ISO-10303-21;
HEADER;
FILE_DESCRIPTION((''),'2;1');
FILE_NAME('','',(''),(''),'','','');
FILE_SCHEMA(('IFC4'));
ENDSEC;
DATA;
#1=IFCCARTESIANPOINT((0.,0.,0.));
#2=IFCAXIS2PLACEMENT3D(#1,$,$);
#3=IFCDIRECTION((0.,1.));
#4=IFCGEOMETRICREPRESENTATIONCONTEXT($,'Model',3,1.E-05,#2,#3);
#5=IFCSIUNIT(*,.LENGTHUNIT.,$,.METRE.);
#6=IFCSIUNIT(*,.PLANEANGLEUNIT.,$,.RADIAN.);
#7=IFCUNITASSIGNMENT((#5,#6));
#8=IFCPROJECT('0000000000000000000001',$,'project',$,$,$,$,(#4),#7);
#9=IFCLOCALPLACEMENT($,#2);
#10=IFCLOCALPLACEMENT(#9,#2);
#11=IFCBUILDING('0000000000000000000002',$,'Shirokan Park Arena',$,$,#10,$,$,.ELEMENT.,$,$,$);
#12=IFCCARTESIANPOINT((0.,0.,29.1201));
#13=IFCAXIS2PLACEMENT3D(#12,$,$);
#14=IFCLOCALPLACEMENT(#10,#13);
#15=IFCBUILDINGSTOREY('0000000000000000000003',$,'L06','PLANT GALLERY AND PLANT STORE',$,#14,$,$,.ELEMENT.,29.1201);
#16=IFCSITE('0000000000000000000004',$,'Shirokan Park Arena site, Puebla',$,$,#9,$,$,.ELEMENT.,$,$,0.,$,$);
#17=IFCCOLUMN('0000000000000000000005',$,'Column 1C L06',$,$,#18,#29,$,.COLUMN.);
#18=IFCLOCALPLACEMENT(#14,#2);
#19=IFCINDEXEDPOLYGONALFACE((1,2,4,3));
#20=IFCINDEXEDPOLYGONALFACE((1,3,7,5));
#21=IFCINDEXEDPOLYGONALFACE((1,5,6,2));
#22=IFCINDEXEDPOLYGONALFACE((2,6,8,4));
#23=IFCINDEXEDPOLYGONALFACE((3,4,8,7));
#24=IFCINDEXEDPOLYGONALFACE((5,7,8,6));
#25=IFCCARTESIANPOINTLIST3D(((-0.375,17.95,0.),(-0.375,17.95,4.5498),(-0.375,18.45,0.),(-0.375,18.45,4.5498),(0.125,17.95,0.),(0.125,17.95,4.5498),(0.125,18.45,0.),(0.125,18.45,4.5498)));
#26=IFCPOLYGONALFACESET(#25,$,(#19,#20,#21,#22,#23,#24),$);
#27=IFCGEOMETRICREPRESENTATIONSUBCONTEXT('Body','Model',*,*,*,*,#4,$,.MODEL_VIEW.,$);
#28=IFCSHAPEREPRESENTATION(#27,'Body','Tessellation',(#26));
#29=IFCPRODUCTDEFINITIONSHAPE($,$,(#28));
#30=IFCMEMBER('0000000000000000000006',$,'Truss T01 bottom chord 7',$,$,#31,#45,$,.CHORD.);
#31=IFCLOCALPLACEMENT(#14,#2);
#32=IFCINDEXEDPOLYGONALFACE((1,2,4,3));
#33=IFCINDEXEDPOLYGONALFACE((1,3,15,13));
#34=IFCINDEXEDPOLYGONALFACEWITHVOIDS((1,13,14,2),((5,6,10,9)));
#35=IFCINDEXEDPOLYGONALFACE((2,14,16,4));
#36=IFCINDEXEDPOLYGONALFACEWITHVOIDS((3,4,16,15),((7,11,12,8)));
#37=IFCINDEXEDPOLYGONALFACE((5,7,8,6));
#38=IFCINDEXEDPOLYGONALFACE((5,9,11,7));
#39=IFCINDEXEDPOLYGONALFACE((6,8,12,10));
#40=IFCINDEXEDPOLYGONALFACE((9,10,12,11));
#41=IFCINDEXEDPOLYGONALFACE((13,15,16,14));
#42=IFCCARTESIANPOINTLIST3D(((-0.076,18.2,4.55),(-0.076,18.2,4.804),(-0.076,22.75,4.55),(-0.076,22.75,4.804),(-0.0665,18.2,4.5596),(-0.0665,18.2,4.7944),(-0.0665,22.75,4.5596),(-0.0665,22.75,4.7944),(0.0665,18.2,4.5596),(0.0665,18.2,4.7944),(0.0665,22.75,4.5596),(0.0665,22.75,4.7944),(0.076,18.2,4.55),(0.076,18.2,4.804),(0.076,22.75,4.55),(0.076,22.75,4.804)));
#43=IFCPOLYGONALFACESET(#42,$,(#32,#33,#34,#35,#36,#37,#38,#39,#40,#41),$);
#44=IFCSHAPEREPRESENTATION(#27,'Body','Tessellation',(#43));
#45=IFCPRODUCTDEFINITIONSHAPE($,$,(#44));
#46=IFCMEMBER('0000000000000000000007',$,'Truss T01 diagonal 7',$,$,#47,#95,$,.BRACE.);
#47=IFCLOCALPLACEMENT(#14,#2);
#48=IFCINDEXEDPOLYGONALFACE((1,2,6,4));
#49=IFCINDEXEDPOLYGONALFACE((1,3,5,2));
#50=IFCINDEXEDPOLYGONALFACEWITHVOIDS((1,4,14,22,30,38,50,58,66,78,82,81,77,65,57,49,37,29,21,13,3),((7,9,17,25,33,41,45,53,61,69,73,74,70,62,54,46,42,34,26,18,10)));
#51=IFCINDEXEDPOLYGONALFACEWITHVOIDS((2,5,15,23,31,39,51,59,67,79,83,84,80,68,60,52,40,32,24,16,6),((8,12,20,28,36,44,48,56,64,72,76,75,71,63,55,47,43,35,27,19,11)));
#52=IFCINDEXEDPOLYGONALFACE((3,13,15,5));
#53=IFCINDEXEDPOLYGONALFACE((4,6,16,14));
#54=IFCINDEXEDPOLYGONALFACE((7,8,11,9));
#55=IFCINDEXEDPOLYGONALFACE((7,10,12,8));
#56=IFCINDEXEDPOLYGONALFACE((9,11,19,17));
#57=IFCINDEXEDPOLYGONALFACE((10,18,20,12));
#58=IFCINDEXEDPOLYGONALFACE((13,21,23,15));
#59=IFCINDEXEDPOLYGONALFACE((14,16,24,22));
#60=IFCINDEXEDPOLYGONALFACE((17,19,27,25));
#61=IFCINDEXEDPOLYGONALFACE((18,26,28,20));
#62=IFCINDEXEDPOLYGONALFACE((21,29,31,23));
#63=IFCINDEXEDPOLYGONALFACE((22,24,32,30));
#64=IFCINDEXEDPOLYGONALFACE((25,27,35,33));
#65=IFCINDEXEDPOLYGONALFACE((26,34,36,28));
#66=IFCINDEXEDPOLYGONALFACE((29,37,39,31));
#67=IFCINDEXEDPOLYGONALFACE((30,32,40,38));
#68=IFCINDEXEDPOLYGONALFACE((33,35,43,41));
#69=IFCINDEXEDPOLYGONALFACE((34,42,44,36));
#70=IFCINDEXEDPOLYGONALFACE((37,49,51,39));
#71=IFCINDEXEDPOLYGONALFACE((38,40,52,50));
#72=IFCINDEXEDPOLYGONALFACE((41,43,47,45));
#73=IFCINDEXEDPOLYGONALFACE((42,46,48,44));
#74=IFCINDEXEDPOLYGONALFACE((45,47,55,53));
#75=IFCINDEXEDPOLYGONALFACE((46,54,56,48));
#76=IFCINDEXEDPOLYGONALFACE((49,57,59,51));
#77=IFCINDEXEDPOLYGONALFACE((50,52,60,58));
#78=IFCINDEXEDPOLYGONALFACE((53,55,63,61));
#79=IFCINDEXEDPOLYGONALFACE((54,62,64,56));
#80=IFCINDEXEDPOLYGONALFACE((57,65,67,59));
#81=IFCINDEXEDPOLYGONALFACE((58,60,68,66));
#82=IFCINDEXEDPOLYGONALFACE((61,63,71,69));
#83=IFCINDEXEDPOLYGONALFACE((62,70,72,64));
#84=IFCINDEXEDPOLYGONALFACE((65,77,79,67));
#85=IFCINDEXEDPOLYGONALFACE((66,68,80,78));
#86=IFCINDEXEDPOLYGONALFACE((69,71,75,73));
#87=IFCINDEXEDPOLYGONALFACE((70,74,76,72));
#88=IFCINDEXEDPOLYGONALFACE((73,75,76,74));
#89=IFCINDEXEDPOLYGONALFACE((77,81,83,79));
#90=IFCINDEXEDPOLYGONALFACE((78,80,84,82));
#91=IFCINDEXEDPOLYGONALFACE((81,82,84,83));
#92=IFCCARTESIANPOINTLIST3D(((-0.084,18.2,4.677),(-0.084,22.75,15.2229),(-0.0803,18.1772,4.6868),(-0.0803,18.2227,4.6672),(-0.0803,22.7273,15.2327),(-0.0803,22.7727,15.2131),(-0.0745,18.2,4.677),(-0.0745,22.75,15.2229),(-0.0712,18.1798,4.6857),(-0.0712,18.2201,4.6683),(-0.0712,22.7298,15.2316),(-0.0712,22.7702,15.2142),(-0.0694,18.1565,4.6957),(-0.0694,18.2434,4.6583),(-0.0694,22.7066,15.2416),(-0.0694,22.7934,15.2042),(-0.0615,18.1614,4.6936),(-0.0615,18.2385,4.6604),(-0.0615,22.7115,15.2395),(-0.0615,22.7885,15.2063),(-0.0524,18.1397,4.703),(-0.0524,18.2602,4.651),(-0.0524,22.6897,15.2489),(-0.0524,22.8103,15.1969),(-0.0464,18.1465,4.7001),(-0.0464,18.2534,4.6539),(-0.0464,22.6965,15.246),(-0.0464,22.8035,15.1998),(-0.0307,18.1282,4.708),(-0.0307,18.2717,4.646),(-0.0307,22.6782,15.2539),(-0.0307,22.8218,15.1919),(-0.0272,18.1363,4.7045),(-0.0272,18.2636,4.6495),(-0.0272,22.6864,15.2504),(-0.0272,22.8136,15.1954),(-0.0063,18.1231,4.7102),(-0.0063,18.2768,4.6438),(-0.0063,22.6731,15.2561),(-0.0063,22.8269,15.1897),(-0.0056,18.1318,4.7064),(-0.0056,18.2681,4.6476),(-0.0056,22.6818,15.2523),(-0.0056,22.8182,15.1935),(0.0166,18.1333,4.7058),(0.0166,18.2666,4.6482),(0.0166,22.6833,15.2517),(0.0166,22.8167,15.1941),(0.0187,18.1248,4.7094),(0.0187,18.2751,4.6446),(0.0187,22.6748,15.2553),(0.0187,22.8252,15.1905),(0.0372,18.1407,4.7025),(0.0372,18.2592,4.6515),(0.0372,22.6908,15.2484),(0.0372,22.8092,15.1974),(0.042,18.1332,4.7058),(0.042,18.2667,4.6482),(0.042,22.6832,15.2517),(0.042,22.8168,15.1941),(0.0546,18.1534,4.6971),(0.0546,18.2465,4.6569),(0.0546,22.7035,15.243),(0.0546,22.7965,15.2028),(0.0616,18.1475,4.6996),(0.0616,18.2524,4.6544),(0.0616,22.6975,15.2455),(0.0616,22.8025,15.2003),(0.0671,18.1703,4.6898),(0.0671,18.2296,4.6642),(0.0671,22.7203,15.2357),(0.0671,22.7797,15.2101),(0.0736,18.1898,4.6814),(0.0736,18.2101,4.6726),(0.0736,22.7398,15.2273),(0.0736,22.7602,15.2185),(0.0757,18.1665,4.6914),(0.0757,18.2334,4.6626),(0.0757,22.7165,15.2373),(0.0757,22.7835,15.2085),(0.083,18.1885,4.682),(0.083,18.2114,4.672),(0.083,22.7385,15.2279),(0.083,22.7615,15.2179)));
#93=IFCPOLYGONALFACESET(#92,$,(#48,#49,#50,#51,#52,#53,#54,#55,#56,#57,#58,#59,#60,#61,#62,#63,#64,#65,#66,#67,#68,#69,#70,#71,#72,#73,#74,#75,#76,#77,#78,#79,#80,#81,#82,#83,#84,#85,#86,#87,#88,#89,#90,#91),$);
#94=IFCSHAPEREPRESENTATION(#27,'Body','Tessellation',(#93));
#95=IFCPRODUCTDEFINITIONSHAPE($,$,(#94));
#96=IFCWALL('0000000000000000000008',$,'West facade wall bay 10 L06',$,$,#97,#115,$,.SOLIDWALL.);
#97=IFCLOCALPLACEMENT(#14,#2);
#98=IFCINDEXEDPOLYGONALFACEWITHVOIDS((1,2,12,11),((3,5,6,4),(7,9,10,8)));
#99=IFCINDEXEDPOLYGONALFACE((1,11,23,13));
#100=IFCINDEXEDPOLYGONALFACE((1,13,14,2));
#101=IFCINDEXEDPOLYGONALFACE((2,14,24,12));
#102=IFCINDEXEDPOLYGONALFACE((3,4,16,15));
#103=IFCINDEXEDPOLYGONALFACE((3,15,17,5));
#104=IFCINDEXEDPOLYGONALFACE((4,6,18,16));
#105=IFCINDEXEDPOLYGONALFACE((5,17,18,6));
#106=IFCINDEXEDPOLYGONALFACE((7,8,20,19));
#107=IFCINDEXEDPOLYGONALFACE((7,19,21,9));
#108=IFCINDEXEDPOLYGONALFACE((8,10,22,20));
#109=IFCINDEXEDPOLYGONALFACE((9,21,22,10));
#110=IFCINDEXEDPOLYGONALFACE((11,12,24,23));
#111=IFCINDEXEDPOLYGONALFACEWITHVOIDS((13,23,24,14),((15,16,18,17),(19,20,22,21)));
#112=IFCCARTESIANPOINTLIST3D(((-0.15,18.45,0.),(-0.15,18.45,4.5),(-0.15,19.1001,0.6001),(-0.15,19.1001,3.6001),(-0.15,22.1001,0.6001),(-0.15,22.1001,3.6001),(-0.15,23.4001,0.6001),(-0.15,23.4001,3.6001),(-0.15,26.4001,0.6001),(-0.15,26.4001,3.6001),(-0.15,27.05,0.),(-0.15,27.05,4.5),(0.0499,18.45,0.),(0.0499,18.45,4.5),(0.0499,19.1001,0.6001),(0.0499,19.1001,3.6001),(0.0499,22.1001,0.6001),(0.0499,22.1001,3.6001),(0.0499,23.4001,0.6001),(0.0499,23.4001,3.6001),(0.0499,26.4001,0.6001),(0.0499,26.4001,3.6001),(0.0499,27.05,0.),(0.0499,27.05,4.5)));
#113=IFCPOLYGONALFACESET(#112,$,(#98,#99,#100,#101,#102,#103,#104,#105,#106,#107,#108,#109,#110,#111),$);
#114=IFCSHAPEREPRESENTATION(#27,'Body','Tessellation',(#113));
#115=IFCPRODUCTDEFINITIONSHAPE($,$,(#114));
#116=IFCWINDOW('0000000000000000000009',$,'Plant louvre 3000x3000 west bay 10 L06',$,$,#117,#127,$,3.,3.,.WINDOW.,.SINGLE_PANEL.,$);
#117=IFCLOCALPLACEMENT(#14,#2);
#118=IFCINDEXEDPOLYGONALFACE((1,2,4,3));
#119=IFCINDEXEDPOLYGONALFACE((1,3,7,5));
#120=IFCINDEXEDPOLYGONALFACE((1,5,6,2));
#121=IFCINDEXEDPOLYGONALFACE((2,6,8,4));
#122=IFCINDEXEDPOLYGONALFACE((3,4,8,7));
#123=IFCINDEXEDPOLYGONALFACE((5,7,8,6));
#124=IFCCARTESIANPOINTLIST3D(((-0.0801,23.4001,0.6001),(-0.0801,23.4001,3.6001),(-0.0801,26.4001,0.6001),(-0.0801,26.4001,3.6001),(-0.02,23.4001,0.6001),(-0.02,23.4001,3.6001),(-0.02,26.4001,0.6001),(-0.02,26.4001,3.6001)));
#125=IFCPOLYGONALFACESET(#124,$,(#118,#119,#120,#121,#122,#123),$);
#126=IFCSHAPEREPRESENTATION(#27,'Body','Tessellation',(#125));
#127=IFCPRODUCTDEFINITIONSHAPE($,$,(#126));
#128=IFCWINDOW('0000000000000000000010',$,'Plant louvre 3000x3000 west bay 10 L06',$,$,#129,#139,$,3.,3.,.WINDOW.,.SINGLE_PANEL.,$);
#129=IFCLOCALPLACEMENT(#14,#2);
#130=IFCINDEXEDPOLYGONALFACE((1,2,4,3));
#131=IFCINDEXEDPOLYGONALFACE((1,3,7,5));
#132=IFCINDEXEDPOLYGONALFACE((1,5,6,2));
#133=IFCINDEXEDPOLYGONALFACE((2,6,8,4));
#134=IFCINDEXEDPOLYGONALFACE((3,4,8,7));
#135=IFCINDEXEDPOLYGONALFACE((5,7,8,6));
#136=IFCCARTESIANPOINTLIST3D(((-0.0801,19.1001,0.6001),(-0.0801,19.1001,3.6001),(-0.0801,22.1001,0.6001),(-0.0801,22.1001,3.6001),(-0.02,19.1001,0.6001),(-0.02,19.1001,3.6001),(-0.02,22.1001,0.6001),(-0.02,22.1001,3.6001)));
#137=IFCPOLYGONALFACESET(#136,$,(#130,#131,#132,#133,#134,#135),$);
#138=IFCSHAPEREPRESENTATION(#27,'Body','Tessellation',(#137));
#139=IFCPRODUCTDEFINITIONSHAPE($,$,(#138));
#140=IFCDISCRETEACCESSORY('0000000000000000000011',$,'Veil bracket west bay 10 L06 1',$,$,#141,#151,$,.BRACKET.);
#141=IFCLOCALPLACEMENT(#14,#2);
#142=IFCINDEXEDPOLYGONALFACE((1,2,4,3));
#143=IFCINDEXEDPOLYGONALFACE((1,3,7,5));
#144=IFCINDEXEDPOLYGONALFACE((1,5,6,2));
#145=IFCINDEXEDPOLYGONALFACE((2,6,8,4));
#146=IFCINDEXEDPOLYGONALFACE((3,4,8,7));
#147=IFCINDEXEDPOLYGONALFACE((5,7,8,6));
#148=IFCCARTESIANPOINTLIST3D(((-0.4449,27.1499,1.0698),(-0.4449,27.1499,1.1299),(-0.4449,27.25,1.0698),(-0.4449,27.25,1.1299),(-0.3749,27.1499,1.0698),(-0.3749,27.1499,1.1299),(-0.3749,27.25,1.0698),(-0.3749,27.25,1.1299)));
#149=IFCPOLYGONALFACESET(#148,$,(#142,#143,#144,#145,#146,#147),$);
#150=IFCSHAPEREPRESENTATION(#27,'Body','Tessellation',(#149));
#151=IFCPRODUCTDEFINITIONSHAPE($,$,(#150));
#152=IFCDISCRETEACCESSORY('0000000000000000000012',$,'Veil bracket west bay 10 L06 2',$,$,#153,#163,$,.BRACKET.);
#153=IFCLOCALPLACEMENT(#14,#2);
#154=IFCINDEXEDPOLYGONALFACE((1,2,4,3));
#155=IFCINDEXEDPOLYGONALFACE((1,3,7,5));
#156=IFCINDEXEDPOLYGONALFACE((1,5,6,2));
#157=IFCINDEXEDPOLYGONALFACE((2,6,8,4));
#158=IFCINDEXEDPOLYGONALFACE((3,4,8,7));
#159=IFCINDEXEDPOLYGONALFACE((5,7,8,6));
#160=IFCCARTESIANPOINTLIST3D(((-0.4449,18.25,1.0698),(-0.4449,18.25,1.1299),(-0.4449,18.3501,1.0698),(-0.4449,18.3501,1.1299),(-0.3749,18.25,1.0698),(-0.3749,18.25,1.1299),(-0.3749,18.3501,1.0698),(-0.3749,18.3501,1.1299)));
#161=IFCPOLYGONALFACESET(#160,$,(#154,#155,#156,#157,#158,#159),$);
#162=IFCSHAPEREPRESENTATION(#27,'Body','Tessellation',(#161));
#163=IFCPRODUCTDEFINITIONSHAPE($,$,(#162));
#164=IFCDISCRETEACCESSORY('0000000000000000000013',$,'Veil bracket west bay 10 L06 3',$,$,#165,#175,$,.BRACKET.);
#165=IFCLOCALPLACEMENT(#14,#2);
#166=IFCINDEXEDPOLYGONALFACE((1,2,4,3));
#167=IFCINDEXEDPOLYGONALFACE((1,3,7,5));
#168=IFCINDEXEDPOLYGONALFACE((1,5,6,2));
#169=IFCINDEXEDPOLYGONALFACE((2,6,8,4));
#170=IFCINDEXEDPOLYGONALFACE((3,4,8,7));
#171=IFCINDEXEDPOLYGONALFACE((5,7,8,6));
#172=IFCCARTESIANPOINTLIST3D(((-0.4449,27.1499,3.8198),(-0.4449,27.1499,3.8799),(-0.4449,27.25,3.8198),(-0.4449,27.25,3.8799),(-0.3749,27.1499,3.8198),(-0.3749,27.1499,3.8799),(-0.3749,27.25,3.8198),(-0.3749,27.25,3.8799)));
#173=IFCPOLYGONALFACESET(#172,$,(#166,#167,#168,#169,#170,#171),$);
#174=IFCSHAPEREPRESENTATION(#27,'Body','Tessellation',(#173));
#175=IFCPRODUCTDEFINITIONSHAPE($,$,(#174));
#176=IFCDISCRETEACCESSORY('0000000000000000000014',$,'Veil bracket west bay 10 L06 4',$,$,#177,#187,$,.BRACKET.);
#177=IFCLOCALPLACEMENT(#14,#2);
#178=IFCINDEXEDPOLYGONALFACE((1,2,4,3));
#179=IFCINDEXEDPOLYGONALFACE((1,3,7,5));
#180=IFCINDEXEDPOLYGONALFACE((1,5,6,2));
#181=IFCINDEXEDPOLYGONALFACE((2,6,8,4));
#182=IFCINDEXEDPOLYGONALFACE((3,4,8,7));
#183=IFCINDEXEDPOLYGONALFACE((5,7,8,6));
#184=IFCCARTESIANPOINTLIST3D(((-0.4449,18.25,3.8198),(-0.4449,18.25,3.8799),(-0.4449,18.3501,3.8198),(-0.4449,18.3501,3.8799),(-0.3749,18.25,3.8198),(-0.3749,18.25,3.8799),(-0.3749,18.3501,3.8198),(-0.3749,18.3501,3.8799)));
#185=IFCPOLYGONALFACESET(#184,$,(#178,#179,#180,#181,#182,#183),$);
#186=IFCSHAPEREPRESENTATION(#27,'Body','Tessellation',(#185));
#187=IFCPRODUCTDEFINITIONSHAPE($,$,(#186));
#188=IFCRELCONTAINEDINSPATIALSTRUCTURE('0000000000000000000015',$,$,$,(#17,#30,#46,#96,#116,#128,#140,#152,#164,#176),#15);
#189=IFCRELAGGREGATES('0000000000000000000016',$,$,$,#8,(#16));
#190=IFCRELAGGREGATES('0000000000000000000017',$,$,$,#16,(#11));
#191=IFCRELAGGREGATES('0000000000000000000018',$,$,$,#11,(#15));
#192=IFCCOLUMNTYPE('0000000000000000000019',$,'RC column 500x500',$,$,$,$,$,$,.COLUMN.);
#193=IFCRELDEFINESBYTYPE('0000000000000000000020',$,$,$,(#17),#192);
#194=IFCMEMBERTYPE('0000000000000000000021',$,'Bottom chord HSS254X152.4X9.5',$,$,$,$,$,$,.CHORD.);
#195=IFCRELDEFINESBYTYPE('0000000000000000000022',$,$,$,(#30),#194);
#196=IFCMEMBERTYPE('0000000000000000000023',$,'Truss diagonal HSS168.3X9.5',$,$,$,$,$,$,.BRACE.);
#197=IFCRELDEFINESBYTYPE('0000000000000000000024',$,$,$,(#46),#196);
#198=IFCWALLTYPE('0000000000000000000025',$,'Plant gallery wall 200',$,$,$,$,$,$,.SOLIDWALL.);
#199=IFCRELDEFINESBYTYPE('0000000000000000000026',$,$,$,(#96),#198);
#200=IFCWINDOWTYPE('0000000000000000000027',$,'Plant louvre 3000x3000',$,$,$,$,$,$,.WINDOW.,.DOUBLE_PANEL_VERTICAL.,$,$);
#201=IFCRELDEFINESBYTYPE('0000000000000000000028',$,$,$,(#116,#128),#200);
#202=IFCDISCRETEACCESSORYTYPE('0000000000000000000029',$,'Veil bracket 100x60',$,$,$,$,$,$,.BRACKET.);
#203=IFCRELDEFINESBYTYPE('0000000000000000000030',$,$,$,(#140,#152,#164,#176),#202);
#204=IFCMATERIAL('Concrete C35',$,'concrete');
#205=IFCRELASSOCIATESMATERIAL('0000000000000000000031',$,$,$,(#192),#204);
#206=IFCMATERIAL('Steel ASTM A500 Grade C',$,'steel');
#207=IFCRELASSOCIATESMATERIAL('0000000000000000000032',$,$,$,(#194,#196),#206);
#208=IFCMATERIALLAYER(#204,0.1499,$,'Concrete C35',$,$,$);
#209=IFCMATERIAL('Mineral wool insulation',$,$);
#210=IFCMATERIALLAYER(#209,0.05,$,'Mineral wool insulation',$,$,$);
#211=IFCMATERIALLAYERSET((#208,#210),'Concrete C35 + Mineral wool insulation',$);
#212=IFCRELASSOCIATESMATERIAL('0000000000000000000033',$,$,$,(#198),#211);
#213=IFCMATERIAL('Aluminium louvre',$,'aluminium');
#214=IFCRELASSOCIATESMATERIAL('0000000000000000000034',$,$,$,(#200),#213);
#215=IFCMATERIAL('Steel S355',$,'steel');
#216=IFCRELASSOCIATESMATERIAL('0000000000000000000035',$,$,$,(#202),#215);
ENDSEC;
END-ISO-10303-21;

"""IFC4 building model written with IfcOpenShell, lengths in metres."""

from ifc_helpers import new_model, si_unit, direction, frame, frame_2d, origin, origin_2d, place, context, subcontext, project, spatial, rectangle, hollow_rectangle, hollow_circle, extrude, material, layer, layer_set, material_profile, profile_set, type_object, element, fill, save


model = new_model("IFC4")

# Units and contexts
model_context = context("Model", 3, precision=1e-05, world=origin(), true_north=direction((0.0, 1.0)))
body_context = subcontext(model_context, "Body", "Model", "MODEL_VIEW")
ifc_project = project(units=[si_unit("LENGTHUNIT", "METRE"), si_unit("PLANEANGLEUNIT", "RADIAN")], contexts=[model_context])

# Site, building, storey
site_placement = place(None, origin())
site = spatial("IfcSite", under=ifc_project, at=site_placement, Name="Shirokan Park Arena site, Puebla", CompositionType="ELEMENT", RefElevation=0.0)
building_placement = place(site_placement, origin())
building = spatial("IfcBuilding", under=site, at=building_placement, Name="Shirokan Park Arena", CompositionType="ELEMENT")
storey_placement = place(building_placement, frame((0.0, 0.0, 29.1201)))
storey = spatial("IfcBuildingStorey", under=building, at=storey_placement, Name="L06", Description="PLANT GALLERY AND PLANT STORE", CompositionType="ELEMENT", Elevation=29.1201)

# Column
ifc_material_1 = material(Name="Concrete C35", Category="concrete")
ifc_material_profile_1 = material_profile(ifc_material_1, rectangle(XDim=0.5, YDim=0.5, at=origin_2d()), Name="500x500")
ifc_profile_set_1 = profile_set([ifc_material_profile_1], Name="Concrete C35")
column_type = type_object("IfcColumnType", Name="RC column 500x500", PredefinedType="COLUMN", material=ifc_profile_set_1)
column_placement = place(storey_placement, frame((-0.125, 18.2, 0.0), z_axis=(0.0, 0.0, 1.0), x_axis=(1.0, 0.0, 0.0)))
element("IfcColumn", 1, at=column_placement, inside=storey, type_object=column_type, Name="Column 1C L06", PredefinedType="COLUMN", context=body_context, shape_type="SweptSolid", body=[
    extrude(rectangle(XDim=0.5, YDim=0.5, at=origin_2d()), origin(), (0.0, 0.0, 1.0), 4.5498),
])

# Members
ifc_material_2 = material(Name="Steel ASTM A500 Grade C", Category="steel")
ifc_material_profile_2 = material_profile(ifc_material_2, hollow_rectangle(XDim=0.1521, YDim=0.2539, WallThickness=0.0095, at=origin_2d()), Name="HSS254X152.4X9.5")
ifc_profile_set_2 = profile_set([ifc_material_profile_2], Name="Steel ASTM A500 Grade C")
member_type_1 = type_object("IfcMemberType", Name="Bottom chord HSS254X152.4X9.5", PredefinedType="CHORD", material=ifc_profile_set_2)
member_1_placement = place(storey_placement, frame((0.0, 18.2, 4.677), z_axis=(0.0, 1.0, 0.0), x_axis=(-1.0, 0.0, 0.0)))
element("IfcMember", 2, at=member_1_placement, inside=storey, type_object=member_type_1, Name="Truss T01 bottom chord 7", PredefinedType="CHORD", context=body_context, shape_type="SweptSolid", body=[
    extrude(hollow_rectangle(XDim=0.1521, YDim=0.2539, WallThickness=0.0095, at=origin_2d()), origin(), (0.0, 0.0, 1.0), 4.55),
])
ifc_material_profile_3 = material_profile(ifc_material_2, hollow_circle(Radius=0.084, WallThickness=0.0095, at=origin_2d()), Name="HSS168.3X9.5")
ifc_profile_set_3 = profile_set([ifc_material_profile_3], Name="Steel ASTM A500 Grade C")
member_type_2 = type_object("IfcMemberType", Name="Truss diagonal HSS168.3X9.5", PredefinedType="BRACE", material=ifc_profile_set_3)
member_2_placement = place(storey_placement, frame((0.0, 18.2, 4.677), z_axis=(0.0, 0.396153, 0.918185), x_axis=(-1.0, 0.0, 0.0)))
element("IfcMember", 3, at=member_2_placement, inside=storey, type_object=member_type_2, Name="Truss T01 diagonal 7", PredefinedType="BRACE", context=body_context, shape_type="SweptSolid", body=[
    extrude(hollow_circle(Radius=0.084, WallThickness=0.0095, at=origin_2d()), origin(), (0.0, 0.0, 1.0), 11.4856),
])

# Wall, openings, windows
ifc_layer_1 = layer(ifc_material_1, 0.1499, Name="Concrete C35")
ifc_material_3 = material(Name="Mineral wool insulation")
ifc_layer_2 = layer(ifc_material_3, 0.05, Name="Mineral wool insulation")
ifc_layer_set = layer_set([ifc_layer_1, ifc_layer_2], Name="Concrete C35 + Mineral wool insulation")
wall_type = type_object("IfcWallType", Name="Plant gallery wall 200", PredefinedType="SOLIDWALL", material=ifc_layer_set)
wall_placement = place(storey_placement, frame((-0.05, 27.05, 0.0), z_axis=(0.0, 0.0, 1.0), x_axis=(0.0, -1.0, 0.0)))
wall = element("IfcWall", 4, at=wall_placement, inside=storey, type_object=wall_type, Name="West facade wall bay 10 L06", PredefinedType="SOLIDWALL", context=body_context, shape_type="SweptSolid", body=[
    extrude(rectangle(XDim=8.6001, YDim=0.2, at=frame_2d((4.3, 0.0))), origin(), (0.0, 0.0, 1.0), 4.5),
])
opening_1_placement = place(wall_placement, frame((0.6499, 0.0, 0.6001)))
opening_1 = element("IfcOpeningElement", 5, at=opening_1_placement, cuts=wall, PredefinedType="OPENING", context=body_context, shape_type="SweptSolid", body=[
    extrude(rectangle(XDim=3.0, YDim=3.0, at=frame_2d((1.5, 1.5))), frame((0.0, 0.1099, 0.0), z_axis=(0.0, -1.0, 0.0), x_axis=(1.0, 0.0, 0.0)), (0.0, 0.0, 1.0), 0.22),
])
opening_2_placement = place(wall_placement, frame((4.95, 0.0, 0.6001)))
opening_2 = element("IfcOpeningElement", 6, at=opening_2_placement, cuts=wall, PredefinedType="OPENING", context=body_context, shape_type="SweptSolid", body=[
    extrude(rectangle(XDim=3.0, YDim=3.0, at=frame_2d((1.5, 1.5))), frame((0.0, 0.1099, 0.0), z_axis=(0.0, -1.0, 0.0), x_axis=(1.0, 0.0, 0.0)), (0.0, 0.0, 1.0), 0.22),
])
ifc_material_4 = material(Name="Aluminium louvre", Category="aluminium")
window_type = type_object("IfcWindowType", Name="Plant louvre 3000x3000", PartitioningType="DOUBLE_PANEL_VERTICAL", PredefinedType="WINDOW", material=ifc_material_4)
window_1_placement = place(opening_1_placement, origin())
window_1 = element("IfcWindow", 7, at=window_1_placement, inside=storey, type_object=window_type, Name="Plant louvre 3000x3000 west bay 10 L06", OverallHeight=3.0, OverallWidth=3.0, PartitioningType="SINGLE_PANEL", PredefinedType="WINDOW", context=body_context, shape_type="SweptSolid", body=[
    extrude(rectangle(XDim=3.0, YDim=3.0, at=frame_2d((1.5, 1.5))), frame((0.0, 0.03, 0.0), z_axis=(0.0, -1.0, 0.0), x_axis=(1.0, 0.0, 0.0)), (0.0, 0.0, 1.0), 0.0601),
])
fill(opening_1, window_1)
window_2_placement = place(opening_2_placement, origin())
window_2 = element("IfcWindow", 8, at=window_2_placement, inside=storey, type_object=window_type, Name="Plant louvre 3000x3000 west bay 10 L06", OverallHeight=3.0, OverallWidth=3.0, PartitioningType="SINGLE_PANEL", PredefinedType="WINDOW", context=body_context, shape_type="SweptSolid", body=[
    extrude(rectangle(XDim=3.0, YDim=3.0, at=frame_2d((1.5, 1.5))), frame((0.0, 0.03, 0.0), z_axis=(0.0, -1.0, 0.0), x_axis=(1.0, 0.0, 0.0)), (0.0, 0.0, 1.0), 0.0601),
])
fill(opening_2, window_2)

# Discrete accessories
ifc_material_5 = material(Name="Steel S355", Category="steel")
discrete_accessory_type = type_object("IfcDiscreteAccessoryType", Name="Veil bracket 100x60", PredefinedType="BRACKET", material=ifc_material_5)
for number, where, z_axis, x_axis, name in (
    (9, (-0.4099, 27.2, 1.0698), (0.0, 0.0, 1.0), (0.0, -1.0, 0.0), "Veil bracket west bay 10 L06 1"),
    (10, (-0.4099, 18.3, 1.0698), (0.0, 0.0, 1.0), (0.0, -1.0, 0.0), "Veil bracket west bay 10 L06 2"),
    (11, (-0.4099, 27.2, 3.8198), (0.0, 0.0, 1.0), (0.0, -1.0, 0.0), "Veil bracket west bay 10 L06 3"),
    (12, (-0.4099, 18.3, 3.8198), (0.0, 0.0, 1.0), (0.0, -1.0, 0.0), "Veil bracket west bay 10 L06 4"),
):
    element("IfcDiscreteAccessory", number, at=place(storey_placement, frame(where, z_axis=z_axis, x_axis=x_axis)), inside=storey, type_object=discrete_accessory_type, Name=name, PredefinedType="BRACKET", context=body_context, shape_type="SweptSolid", body=[
        extrude(rectangle(XDim=0.1001, YDim=0.0701, at=origin_2d()), origin(), (0.0, 0.0, 1.0), 0.0601),
    ])

save(model, "model.ifc")
